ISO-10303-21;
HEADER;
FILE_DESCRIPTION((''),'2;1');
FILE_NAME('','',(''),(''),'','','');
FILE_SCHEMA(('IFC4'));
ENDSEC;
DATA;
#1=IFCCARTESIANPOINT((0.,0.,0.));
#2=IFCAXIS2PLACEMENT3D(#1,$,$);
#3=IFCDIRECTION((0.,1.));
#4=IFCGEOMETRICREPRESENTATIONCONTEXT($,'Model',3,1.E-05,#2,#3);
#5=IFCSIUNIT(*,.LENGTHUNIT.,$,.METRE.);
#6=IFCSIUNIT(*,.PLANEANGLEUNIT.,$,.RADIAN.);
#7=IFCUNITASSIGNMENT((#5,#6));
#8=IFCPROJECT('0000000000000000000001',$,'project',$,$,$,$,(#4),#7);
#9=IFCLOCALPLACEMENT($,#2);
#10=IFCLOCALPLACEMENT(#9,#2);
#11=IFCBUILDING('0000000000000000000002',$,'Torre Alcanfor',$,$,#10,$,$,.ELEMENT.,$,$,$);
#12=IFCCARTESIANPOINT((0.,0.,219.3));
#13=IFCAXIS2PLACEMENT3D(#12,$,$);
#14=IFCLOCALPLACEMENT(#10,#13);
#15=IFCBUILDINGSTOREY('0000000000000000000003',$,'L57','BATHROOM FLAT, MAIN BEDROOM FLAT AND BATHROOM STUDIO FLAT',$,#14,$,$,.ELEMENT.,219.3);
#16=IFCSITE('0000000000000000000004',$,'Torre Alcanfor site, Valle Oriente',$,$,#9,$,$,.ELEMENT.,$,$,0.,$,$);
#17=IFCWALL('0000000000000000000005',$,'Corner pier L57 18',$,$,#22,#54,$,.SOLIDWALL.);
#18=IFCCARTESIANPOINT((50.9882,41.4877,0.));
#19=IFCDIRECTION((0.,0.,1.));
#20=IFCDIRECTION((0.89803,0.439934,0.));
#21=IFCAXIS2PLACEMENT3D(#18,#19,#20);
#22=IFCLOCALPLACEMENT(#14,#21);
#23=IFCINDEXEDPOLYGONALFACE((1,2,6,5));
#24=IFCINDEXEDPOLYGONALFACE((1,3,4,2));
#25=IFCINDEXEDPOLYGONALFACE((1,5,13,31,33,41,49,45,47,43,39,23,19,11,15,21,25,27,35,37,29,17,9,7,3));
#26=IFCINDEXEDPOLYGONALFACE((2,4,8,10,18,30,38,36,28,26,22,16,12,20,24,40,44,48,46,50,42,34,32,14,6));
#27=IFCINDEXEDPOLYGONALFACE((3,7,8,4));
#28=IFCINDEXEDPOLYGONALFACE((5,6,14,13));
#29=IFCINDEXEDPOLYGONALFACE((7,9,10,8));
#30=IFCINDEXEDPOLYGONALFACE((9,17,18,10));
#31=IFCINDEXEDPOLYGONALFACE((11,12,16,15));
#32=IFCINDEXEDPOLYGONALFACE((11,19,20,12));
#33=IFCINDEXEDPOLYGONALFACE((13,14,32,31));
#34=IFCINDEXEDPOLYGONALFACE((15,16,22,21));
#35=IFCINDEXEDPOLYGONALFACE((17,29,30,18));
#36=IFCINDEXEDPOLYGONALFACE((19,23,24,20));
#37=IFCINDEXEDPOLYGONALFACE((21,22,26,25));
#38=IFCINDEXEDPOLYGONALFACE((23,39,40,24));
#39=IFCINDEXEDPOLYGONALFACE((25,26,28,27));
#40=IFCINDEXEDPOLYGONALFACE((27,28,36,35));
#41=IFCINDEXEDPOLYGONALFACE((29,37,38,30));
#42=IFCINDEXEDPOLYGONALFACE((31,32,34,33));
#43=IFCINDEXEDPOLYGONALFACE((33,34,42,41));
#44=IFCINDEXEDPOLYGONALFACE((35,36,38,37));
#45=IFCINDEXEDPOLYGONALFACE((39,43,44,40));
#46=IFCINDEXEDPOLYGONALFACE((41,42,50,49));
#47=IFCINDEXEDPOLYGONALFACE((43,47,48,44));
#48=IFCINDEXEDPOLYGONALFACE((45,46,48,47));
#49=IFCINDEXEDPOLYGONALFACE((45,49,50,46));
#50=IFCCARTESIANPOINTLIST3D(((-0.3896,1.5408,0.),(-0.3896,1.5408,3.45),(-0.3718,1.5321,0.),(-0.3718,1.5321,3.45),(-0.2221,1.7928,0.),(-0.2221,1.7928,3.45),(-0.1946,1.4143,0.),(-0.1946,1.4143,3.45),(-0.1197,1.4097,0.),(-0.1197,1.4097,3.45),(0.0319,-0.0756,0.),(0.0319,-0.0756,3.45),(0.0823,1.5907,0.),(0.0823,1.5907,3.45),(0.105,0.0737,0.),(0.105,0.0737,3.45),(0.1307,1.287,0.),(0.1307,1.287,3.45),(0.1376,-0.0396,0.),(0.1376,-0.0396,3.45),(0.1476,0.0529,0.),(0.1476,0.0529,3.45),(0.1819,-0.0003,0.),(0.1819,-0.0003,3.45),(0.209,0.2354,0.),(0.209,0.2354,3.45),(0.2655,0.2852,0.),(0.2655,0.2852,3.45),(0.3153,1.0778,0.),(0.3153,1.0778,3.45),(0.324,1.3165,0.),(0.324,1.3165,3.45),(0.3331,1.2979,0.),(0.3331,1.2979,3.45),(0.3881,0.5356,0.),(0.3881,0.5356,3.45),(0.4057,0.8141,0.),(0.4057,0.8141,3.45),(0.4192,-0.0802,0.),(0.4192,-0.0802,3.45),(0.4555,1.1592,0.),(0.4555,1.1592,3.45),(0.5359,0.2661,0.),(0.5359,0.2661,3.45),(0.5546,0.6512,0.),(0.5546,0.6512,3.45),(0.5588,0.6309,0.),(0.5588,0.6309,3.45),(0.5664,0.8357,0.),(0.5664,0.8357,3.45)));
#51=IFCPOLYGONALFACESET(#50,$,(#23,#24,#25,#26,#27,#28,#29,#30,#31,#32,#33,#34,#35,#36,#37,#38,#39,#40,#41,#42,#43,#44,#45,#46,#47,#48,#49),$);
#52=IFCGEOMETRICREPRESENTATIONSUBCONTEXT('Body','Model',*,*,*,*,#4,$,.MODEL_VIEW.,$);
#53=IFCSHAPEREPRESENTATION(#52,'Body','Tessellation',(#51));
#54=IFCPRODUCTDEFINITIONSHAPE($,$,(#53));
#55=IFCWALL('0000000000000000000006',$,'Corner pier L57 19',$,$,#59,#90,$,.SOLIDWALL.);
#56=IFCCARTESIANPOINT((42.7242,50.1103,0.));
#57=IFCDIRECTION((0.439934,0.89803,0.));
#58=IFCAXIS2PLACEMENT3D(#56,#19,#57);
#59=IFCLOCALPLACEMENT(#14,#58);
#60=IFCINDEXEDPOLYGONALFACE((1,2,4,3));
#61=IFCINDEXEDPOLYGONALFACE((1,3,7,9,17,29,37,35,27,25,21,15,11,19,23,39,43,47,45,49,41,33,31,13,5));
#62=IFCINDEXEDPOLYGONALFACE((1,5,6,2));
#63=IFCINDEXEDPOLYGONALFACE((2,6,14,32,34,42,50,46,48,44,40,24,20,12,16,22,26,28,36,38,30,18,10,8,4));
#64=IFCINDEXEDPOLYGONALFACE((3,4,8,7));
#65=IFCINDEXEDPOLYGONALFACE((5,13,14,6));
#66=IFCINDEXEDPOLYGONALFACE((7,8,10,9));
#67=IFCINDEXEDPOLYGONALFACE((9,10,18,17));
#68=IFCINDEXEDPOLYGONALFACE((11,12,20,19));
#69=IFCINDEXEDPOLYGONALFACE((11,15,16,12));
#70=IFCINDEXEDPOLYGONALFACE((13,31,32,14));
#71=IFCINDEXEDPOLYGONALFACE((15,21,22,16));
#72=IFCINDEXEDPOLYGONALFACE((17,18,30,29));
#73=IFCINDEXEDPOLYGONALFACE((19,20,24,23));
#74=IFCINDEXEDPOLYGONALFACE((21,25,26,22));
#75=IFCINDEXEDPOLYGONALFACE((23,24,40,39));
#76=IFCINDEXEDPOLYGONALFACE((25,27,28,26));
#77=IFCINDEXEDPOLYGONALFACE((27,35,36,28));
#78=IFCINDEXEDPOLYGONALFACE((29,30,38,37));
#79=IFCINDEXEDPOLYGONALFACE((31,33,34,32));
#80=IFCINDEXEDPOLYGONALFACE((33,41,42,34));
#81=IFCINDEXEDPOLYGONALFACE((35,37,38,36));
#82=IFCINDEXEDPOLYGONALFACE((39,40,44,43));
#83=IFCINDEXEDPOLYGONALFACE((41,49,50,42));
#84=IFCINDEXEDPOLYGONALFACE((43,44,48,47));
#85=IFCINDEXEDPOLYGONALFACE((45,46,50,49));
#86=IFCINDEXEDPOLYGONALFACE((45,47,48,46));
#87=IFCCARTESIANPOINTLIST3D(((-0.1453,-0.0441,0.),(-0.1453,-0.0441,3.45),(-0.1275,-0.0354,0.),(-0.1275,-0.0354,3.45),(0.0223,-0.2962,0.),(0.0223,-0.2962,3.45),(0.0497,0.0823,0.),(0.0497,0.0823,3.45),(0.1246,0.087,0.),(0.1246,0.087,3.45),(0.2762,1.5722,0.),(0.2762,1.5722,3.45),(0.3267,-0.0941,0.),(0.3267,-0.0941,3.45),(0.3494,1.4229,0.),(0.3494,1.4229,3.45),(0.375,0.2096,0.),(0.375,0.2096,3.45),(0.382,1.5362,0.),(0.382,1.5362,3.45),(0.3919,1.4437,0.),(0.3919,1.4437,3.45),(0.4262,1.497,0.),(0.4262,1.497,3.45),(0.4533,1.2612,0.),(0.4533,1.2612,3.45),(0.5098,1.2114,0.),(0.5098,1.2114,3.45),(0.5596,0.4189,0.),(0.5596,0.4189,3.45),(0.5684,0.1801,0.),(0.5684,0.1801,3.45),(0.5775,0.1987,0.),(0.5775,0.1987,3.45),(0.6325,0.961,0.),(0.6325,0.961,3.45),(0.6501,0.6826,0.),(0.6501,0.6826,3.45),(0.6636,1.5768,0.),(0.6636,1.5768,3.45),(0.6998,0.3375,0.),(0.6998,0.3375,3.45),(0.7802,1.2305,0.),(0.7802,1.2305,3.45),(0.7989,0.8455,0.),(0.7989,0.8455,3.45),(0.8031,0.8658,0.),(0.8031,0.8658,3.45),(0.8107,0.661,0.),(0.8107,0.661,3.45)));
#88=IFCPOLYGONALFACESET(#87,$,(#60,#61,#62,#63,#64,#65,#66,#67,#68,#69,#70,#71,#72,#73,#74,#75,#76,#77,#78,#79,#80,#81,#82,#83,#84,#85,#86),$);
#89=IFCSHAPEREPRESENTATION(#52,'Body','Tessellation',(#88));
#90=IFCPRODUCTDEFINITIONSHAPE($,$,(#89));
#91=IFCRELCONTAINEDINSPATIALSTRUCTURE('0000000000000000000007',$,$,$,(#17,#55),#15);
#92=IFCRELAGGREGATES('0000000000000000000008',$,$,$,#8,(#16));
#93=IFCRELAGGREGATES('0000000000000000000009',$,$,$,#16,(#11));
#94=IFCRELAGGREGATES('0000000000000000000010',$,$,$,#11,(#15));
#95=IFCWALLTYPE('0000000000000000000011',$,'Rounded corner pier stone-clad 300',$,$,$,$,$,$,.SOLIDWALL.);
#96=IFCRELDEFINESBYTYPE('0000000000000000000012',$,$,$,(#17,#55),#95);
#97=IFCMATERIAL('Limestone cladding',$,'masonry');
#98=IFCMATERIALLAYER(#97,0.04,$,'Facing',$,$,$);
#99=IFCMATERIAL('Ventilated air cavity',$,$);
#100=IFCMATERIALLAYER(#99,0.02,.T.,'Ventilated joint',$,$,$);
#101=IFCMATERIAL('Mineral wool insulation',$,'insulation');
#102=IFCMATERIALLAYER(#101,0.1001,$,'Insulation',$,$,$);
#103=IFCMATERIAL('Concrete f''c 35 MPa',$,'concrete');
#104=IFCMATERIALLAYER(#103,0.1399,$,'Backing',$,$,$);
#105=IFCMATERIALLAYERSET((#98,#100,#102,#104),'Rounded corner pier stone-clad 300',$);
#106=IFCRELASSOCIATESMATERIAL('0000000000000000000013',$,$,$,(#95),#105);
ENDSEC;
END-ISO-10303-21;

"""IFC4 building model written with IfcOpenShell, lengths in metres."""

from ifc_helpers import new_model, si_unit, direction, frame, origin, place, context, subcontext, project, spatial, polyline, outline, extrude, material, layer, layer_set, type_object, element, save


model = new_model("IFC4")

# Units and contexts
model_context = context("Model", 3, precision=1e-05, world=origin(), true_north=direction((0.0, 1.0)))
body_context = subcontext(model_context, "Body", "Model", "MODEL_VIEW")
ifc_project = project(units=[si_unit("LENGTHUNIT", "METRE"), si_unit("PLANEANGLEUNIT", "RADIAN")], contexts=[model_context])

# Site, building, storey
site_placement = place(None, origin())
site = spatial("IfcSite", under=ifc_project, at=site_placement, Name="Torre Alcanfor site, Valle Oriente", CompositionType="ELEMENT", RefElevation=0.0)
building_placement = place(site_placement, origin())
building = spatial("IfcBuilding", under=site, at=building_placement, Name="Torre Alcanfor", CompositionType="ELEMENT")
storey_placement = place(building_placement, frame((0.0, 0.0, 219.3)))
storey = spatial("IfcBuildingStorey", under=building, at=storey_placement, Name="L57", Description="BATHROOM FLAT, MAIN BEDROOM FLAT AND BATHROOM STUDIO FLAT", CompositionType="ELEMENT", Elevation=219.3)

# Shared definitions
ifc_material_1 = material(Name="Limestone cladding", Category="masonry")
ifc_material_2 = material(Name="Ventilated air cavity")
ifc_material_3 = material(Name="Mineral wool insulation", Category="insulation")
ifc_material_4 = material(Name="Concrete f'c 35 MPa", Category="concrete")

# Walls
ifc_layer_1 = layer(ifc_material_1, 0.04, Name="Facing")
ifc_layer_2 = layer(ifc_material_2, 0.02, ventilated=True, Name="Ventilated joint")
ifc_layer_3 = layer(ifc_material_3, 0.1001, Name="Insulation")
ifc_layer_4 = layer(ifc_material_4, 0.1399, Name="Backing")
ifc_layer_set_1 = layer_set([ifc_layer_1, ifc_layer_2, ifc_layer_3, ifc_layer_4], Name="Rounded corner pier stone-clad 300")
wall_type_1 = type_object("IfcWallType", Name="Rounded corner pier stone-clad 300", PredefinedType="SOLIDWALL", material=ifc_layer_set_1)
wall_1_placement = place(storey_placement, frame((50.9882, 41.4877, 0.0), z_axis=(0.0, 0.0, 1.0), x_axis=(0.89803, 0.439934, 0.0)))
element("IfcWall", 1, at=wall_1_placement, inside=storey, type_object=wall_type_1, Name="Corner pier L57 18", PredefinedType="SOLIDWALL", context=body_context, shape_type="SweptSolid", body=[
    extrude(outline(polyline([(0.1376, -0.0396), (0.1819, -0.0003), (0.4192, -0.0802), (0.5359, 0.2661), (0.5588, 0.6309), (0.5546, 0.6512), (0.5664, 0.8357), (0.4555, 1.1592), (0.3331, 1.2979), (0.324, 1.3165), (0.0823, 1.5907), (-0.2221, 1.7928), (-0.3896, 1.5408), (-0.3718, 1.5321), (-0.1946, 1.4143), (-0.1197, 1.4097), (0.1307, 1.287), (0.3153, 1.0778), (0.4057, 0.8141), (0.3881, 0.5356), (0.2655, 0.2852), (0.209, 0.2354), (0.1476, 0.0529), (0.105, 0.0737), (0.0319, -0.0756), (0.1376, -0.0396)])), origin(), (0.0, 0.0, 1.0), 3.45),
])
wall_2_placement = place(storey_placement, frame((42.7242, 50.1103, 0.0), z_axis=(0.0, 0.0, 1.0), x_axis=(0.439934, 0.89803, 0.0)))
element("IfcWall", 2, at=wall_2_placement, inside=storey, type_object=wall_type_1, Name="Corner pier L57 19", PredefinedType="SOLIDWALL", context=body_context, shape_type="SweptSolid", body=[
    extrude(outline(polyline([(-0.1453, -0.0441), (0.0223, -0.2962), (0.3267, -0.0941), (0.5684, 0.1801), (0.5775, 0.1987), (0.6998, 0.3375), (0.8107, 0.661), (0.7989, 0.8455), (0.8031, 0.8658), (0.7802, 1.2305), (0.6636, 1.5768), (0.4262, 1.497), (0.382, 1.5362), (0.2762, 1.5722), (0.3494, 1.4229), (0.3919, 1.4437), (0.4533, 1.2612), (0.5098, 1.2114), (0.6325, 0.961), (0.6501, 0.6826), (0.5596, 0.4189), (0.375, 0.2096), (0.1246, 0.087), (0.0497, 0.0823), (-0.1275, -0.0354), (-0.1453, -0.0441)])), origin(), (0.0, 0.0, 1.0), 3.45),
])

save(model, "model.ifc")
